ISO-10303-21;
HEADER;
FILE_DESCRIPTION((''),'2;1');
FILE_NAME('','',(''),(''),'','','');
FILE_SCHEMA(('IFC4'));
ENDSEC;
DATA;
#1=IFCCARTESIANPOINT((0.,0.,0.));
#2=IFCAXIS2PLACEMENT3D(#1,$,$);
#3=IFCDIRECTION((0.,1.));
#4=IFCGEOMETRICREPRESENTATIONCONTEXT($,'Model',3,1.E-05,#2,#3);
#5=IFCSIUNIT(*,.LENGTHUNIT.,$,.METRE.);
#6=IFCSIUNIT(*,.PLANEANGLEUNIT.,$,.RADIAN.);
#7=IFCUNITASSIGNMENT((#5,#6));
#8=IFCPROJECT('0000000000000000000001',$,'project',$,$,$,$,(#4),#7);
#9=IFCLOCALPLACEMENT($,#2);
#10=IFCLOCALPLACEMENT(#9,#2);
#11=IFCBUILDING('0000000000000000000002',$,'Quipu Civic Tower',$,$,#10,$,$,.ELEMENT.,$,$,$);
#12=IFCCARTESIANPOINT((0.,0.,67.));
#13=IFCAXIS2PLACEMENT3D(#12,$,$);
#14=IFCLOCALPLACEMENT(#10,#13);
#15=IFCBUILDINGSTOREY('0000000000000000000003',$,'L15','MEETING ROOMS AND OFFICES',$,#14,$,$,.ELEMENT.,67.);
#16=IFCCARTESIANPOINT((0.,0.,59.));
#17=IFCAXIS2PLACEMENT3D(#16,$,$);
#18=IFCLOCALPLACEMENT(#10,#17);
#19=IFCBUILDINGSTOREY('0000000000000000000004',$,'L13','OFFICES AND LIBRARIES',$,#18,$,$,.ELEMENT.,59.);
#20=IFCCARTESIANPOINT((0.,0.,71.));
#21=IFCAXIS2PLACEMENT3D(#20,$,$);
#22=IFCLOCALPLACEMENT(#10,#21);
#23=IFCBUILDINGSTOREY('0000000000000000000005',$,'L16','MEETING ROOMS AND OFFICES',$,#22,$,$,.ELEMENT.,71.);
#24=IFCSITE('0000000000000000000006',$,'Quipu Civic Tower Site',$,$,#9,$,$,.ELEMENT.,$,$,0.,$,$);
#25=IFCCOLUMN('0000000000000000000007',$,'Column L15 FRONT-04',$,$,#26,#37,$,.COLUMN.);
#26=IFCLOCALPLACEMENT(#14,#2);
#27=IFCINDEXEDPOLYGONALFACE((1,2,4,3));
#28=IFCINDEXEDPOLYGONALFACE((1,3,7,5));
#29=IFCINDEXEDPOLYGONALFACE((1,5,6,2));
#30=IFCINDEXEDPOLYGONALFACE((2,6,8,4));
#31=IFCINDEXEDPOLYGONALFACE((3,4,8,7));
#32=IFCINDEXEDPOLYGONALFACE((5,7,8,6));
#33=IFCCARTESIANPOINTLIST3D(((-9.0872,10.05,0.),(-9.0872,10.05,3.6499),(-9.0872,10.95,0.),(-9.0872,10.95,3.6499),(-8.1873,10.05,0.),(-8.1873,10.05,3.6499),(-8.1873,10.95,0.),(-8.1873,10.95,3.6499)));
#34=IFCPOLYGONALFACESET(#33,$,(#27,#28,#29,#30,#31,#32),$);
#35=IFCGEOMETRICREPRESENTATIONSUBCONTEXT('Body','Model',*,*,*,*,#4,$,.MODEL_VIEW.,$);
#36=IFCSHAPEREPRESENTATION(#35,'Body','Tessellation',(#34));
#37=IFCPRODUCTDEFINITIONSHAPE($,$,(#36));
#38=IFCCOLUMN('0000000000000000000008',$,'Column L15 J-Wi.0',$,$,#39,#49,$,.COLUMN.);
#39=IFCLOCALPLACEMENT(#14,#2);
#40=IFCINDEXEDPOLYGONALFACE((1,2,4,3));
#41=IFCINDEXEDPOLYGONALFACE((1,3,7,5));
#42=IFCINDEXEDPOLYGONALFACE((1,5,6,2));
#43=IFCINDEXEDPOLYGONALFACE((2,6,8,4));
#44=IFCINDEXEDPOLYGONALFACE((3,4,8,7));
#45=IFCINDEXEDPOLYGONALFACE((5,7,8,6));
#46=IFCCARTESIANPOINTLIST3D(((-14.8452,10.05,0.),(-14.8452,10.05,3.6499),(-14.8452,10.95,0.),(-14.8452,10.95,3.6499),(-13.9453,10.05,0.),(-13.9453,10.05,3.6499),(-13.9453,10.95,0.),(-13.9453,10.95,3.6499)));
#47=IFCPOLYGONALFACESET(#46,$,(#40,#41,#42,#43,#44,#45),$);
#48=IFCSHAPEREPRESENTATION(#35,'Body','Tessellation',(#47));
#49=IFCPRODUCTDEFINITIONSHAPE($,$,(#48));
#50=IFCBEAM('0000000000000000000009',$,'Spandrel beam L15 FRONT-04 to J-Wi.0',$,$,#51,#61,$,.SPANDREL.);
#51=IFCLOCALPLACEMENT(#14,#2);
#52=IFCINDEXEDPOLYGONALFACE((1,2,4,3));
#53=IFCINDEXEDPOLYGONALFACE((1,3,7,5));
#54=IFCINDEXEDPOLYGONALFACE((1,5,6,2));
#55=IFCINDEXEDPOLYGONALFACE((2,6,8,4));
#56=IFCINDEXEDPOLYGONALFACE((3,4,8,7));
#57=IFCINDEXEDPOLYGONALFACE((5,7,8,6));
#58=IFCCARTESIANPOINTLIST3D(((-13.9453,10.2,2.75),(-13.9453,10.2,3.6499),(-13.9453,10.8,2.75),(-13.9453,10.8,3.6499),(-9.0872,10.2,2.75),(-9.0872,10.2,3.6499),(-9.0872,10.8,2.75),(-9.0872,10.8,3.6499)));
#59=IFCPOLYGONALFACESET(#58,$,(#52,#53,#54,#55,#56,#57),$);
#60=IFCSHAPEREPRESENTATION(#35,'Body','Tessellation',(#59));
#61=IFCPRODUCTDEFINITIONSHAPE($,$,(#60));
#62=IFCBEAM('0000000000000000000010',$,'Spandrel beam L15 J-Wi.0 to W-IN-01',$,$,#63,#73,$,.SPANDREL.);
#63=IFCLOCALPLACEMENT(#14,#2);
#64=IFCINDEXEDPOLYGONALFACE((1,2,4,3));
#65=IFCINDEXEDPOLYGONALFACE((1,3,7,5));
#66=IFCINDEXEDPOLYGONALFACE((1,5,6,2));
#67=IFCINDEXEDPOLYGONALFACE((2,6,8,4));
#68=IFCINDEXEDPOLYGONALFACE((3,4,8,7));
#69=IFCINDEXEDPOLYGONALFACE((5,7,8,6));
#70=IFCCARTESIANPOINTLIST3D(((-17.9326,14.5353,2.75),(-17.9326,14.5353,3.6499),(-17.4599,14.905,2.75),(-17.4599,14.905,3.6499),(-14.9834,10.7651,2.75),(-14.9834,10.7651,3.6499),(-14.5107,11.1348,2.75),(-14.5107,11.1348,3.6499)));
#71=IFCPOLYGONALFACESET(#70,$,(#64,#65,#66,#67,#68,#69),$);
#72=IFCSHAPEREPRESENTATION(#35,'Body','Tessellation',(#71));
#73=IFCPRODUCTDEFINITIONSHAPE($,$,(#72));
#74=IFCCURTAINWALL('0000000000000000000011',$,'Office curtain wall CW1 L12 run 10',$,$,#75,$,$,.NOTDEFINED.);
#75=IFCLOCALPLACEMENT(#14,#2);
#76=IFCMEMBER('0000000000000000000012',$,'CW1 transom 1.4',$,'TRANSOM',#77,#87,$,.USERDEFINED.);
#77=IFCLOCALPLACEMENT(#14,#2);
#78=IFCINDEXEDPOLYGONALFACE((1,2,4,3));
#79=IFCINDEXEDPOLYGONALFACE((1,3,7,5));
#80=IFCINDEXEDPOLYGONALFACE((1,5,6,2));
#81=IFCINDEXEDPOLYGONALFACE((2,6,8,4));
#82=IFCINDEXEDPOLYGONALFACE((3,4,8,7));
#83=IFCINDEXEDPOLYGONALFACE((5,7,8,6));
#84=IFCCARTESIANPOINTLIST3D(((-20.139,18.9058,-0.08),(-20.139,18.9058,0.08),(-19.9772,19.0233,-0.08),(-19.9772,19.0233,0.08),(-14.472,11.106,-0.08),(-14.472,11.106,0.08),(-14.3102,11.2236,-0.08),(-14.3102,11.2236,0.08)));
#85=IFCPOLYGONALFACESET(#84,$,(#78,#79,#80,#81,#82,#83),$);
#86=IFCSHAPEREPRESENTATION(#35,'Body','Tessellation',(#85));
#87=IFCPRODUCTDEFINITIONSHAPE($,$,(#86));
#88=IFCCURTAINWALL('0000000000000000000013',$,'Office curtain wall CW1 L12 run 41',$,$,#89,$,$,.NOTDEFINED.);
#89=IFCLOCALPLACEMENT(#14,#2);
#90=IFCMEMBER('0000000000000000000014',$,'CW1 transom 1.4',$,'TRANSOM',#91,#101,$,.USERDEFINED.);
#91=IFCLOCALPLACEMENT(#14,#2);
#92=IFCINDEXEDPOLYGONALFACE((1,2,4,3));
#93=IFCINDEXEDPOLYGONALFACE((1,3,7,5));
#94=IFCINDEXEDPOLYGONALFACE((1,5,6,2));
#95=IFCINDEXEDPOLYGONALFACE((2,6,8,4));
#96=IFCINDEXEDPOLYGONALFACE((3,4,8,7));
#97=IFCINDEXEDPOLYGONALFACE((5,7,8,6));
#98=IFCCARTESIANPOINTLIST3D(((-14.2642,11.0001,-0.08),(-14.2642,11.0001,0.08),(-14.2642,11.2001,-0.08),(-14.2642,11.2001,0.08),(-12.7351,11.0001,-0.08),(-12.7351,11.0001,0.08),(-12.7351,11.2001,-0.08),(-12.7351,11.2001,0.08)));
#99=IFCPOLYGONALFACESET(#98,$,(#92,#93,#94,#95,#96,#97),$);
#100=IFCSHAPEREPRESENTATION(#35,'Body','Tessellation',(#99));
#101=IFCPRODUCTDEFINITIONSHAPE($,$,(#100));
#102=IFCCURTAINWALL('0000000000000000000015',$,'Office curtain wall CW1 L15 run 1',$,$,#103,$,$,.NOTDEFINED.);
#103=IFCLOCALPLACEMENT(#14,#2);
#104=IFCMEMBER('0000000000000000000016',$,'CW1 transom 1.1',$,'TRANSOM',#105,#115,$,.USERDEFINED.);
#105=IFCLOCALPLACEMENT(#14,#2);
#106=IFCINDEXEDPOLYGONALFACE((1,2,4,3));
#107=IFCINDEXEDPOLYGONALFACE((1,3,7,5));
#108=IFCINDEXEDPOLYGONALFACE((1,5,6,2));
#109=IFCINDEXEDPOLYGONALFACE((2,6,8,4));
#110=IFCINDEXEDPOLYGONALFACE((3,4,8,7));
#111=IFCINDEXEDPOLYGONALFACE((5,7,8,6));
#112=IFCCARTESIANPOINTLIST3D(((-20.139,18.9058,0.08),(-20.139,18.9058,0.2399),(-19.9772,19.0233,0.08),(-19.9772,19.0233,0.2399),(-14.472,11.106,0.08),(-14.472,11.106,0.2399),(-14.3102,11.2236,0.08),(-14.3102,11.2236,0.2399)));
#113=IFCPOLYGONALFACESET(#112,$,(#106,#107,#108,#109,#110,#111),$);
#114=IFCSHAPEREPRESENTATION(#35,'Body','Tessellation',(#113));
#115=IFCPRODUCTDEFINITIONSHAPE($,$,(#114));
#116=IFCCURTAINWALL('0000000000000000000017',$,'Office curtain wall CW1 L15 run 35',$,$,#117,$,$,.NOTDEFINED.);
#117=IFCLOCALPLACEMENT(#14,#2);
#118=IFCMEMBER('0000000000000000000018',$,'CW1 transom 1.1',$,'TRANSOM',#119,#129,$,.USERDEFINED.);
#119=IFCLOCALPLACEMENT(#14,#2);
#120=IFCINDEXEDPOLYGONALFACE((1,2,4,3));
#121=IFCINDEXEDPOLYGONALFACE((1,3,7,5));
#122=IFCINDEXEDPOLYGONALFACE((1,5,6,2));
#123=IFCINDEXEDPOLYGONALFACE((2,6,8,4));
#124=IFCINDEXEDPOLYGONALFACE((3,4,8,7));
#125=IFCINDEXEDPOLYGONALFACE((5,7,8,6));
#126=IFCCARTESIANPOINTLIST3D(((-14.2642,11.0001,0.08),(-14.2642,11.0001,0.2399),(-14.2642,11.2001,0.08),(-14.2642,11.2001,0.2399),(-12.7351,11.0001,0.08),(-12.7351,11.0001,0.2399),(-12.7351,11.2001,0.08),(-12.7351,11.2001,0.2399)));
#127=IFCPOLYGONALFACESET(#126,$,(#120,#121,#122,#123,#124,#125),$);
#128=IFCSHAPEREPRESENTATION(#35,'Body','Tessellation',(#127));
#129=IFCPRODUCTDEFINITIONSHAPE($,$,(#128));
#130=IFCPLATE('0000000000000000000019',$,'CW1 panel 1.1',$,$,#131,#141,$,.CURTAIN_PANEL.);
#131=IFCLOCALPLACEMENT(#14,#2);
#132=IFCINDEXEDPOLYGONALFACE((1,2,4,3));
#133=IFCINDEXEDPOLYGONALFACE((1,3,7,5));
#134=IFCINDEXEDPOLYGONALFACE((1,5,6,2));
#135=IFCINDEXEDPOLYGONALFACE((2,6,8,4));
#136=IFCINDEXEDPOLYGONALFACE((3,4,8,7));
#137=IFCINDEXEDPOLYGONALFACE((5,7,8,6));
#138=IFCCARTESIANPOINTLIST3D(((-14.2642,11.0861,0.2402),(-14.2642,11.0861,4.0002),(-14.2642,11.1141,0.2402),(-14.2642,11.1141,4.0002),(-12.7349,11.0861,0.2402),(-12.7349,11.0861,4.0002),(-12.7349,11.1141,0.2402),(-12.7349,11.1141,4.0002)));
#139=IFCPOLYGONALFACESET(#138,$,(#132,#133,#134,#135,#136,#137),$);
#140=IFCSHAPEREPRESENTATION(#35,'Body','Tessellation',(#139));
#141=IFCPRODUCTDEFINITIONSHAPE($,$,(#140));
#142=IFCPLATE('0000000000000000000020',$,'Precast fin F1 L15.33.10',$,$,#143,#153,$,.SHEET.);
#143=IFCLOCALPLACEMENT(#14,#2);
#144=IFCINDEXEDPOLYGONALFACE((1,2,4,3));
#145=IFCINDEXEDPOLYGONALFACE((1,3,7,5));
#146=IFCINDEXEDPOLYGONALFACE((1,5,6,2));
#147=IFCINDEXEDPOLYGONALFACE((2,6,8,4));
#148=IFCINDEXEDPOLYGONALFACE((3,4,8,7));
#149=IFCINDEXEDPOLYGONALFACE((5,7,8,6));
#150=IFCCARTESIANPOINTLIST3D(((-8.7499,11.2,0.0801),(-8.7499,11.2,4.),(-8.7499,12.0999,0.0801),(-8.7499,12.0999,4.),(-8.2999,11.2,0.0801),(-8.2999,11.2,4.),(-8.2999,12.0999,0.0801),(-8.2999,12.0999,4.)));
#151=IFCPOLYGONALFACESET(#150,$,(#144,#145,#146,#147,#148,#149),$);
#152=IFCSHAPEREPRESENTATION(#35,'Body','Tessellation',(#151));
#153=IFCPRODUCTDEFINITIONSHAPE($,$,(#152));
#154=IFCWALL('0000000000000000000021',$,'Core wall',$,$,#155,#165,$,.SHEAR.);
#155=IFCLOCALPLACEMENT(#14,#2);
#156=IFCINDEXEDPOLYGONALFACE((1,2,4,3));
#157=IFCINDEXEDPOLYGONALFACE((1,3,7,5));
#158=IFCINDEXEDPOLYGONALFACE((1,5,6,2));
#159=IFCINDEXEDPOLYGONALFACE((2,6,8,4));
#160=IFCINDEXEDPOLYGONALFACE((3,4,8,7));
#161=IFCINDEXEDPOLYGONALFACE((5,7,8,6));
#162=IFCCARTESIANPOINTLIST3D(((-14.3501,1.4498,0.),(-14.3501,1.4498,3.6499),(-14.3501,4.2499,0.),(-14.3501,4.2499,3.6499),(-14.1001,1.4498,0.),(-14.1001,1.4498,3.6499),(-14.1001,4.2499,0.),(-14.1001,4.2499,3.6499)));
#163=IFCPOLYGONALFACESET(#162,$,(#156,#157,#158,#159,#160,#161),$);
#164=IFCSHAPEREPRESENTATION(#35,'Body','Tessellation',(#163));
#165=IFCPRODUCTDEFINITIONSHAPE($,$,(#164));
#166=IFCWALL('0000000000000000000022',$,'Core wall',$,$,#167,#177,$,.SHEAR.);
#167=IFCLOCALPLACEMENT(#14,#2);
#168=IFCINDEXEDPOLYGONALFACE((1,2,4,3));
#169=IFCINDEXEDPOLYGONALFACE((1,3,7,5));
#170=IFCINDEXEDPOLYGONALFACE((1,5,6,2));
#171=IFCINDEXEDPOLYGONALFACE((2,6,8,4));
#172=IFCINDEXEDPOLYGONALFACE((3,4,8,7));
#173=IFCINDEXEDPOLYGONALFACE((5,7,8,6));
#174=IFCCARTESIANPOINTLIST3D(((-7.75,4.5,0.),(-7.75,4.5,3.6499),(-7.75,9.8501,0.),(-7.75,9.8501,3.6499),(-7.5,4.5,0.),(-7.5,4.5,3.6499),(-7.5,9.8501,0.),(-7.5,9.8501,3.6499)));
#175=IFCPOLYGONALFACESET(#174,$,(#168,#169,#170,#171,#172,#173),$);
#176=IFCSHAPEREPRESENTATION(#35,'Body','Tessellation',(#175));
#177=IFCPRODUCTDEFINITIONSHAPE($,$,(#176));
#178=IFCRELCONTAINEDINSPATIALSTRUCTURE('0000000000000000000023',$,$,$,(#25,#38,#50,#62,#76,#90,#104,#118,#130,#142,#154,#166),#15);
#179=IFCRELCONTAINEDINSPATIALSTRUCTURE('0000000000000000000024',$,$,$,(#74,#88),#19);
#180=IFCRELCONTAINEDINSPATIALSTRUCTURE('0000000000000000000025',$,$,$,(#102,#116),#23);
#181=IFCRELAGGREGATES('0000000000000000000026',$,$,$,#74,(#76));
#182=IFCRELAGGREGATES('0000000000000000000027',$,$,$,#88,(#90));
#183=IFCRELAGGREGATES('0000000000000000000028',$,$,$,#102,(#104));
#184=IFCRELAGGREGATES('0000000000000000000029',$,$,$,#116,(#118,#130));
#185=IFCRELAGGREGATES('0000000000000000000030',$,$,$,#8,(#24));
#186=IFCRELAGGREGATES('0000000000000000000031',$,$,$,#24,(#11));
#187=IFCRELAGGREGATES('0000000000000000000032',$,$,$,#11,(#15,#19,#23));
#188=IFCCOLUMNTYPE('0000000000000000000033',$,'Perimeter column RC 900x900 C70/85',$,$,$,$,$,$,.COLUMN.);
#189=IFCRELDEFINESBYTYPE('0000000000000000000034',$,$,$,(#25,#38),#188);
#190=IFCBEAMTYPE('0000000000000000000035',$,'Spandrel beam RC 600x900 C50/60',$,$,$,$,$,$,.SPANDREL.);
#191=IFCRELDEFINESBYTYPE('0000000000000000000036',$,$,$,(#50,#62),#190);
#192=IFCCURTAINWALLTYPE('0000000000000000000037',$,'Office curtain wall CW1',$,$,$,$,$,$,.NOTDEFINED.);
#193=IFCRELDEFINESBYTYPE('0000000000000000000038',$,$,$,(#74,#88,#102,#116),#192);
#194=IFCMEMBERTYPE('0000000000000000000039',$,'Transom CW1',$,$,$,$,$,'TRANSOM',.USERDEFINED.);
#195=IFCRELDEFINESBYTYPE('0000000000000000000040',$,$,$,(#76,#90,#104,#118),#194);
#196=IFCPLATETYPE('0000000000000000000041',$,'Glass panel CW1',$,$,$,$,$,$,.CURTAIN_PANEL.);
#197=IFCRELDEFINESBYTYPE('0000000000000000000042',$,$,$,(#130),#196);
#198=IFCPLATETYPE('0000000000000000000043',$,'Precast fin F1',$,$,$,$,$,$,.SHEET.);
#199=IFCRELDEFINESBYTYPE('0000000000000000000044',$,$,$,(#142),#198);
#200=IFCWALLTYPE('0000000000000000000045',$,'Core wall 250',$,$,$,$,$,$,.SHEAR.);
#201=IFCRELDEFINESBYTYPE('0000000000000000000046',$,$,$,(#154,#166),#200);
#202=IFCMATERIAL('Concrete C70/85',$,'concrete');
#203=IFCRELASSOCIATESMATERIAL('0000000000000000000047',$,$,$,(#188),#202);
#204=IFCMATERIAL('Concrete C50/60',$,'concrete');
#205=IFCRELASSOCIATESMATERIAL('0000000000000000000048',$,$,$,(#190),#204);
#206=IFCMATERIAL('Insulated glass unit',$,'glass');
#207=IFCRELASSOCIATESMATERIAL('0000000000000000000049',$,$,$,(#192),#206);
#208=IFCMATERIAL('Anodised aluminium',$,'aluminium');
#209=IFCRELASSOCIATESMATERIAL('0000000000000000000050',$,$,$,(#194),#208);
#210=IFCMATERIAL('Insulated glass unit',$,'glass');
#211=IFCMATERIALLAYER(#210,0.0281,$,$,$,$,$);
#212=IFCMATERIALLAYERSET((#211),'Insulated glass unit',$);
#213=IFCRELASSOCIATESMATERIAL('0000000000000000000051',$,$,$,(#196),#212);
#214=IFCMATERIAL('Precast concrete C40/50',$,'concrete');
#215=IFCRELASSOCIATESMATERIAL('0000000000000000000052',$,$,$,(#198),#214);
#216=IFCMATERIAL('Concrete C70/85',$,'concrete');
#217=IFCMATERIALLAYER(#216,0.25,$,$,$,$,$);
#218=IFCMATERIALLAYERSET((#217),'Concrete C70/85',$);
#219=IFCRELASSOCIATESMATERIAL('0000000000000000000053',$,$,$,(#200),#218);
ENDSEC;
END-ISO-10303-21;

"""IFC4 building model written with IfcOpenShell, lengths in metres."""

from ifc_helpers import new_model, si_unit, direction, frame, frame_2d, origin, origin_2d, place, context, subcontext, project, spatial, rectangle, extrude, material, layer, layer_set, material_profile, profile_set, type_object, element, aggregate, save


model = new_model("IFC4")

# Units and contexts
model_context = context("Model", 3, precision=1e-05, world=origin(), true_north=direction((0.0, 1.0)))
body_context = subcontext(model_context, "Body", "Model", "MODEL_VIEW")
ifc_project = project(units=[si_unit("LENGTHUNIT", "METRE"), si_unit("PLANEANGLEUNIT", "RADIAN")], contexts=[model_context])

# Site, building, storey
site_placement = place(None, origin())
site = spatial("IfcSite", under=ifc_project, at=site_placement, Name="Quipu Civic Tower Site", CompositionType="ELEMENT", RefElevation=0.0)
building_placement = place(site_placement, origin())
building = spatial("IfcBuilding", under=site, at=building_placement, Name="Quipu Civic Tower", CompositionType="ELEMENT")
storey_1_placement = place(building_placement, frame((0.0, 0.0, 67.0)))
storey_1 = spatial("IfcBuildingStorey", under=building, at=storey_1_placement, Name="L15", Description="MEETING ROOMS AND OFFICES", CompositionType="ELEMENT", Elevation=67.0)

# Columns
ifc_material_1 = material(Name="Concrete C70/85", Category="concrete")
ifc_material_profile_1 = material_profile(ifc_material_1, rectangle(XDim=0.8999, YDim=0.8999, at=origin_2d()), Name="RC900x900")
ifc_profile_set_1 = profile_set([ifc_material_profile_1], Name="Concrete C70/85")
column_type = type_object("IfcColumnType", Name="Perimeter column RC 900x900 C70/85", PredefinedType="COLUMN", material=ifc_profile_set_1)
for number, where, z_axis, x_axis, name in (
    (1, (-8.6372, 10.5, 0.0), (0.0, 0.0, 1.0), (-1.0, 0.0, 0.0), "Column L15 FRONT-04"),
    (2, (-14.3953, 10.5, 0.0), (0.0, 0.0, 1.0), (-1.0, 0.0, 0.0), "Column L15 J-Wi.0"),
):
    element("IfcColumn", number, at=place(storey_1_placement, frame(where, z_axis=z_axis, x_axis=x_axis)), inside=storey_1, type_object=column_type, Name=name, PredefinedType="COLUMN", context=body_context, shape_type="SweptSolid", body=[
        extrude(rectangle(XDim=0.8999, YDim=0.8999, at=origin_2d()), origin(), (0.0, 0.0, 1.0), 3.6499),
    ])

# Beams
ifc_material_2 = material(Name="Concrete C50/60", Category="concrete")
ifc_material_profile_2 = material_profile(ifc_material_2, rectangle(XDim=0.6001, YDim=0.8999, at=origin_2d()), Name="RC600x900")
ifc_profile_set_2 = profile_set([ifc_material_profile_2], Name="Concrete C50/60")
beam_type = type_object("IfcBeamType", Name="Spandrel beam RC 600x900 C50/60", PredefinedType="SPANDREL", material=ifc_profile_set_2)
beam_1_placement = place(storey_1_placement, frame((-9.0872, 10.5, 3.2), z_axis=(-1.0, 0.0, 0.0), x_axis=(0.0, -1.0, 0.0)))
element("IfcBeam", 3, at=beam_1_placement, inside=storey_1, type_object=beam_type, Name="Spandrel beam L15 FRONT-04 to J-Wi.0", PredefinedType="SPANDREL", context=body_context, shape_type="SweptSolid", body=[
    extrude(rectangle(XDim=0.6001, YDim=0.8999, at=origin_2d()), origin(), (0.0, 0.0, 1.0), 4.8582),
])
beam_2_placement = place(storey_1_placement, frame((-14.7471, 10.95, 3.2), z_axis=(-0.616124, 0.787649, 0.0), x_axis=(-0.787649, -0.616124, 0.0)))
element("IfcBeam", 4, at=beam_2_placement, inside=storey_1, type_object=beam_type, Name="Spandrel beam L15 J-Wi.0 to W-IN-01", PredefinedType="SPANDREL", context=body_context, shape_type="SweptSolid", body=[
    extrude(rectangle(XDim=0.6001, YDim=0.8999, at=origin_2d()), origin(), (0.0, 0.0, 1.0), 4.7866),
])

# Shared definitions
storey_2_placement = place(building_placement, frame((0.0, 0.0, 59.0)))
storey_2 = spatial("IfcBuildingStorey", under=building, at=storey_2_placement, Name="L13", Description="OFFICES AND LIBRARIES", CompositionType="ELEMENT", Elevation=59.0)

# Curtain walls, members
ifc_material_3 = material(Name="Insulated glass unit", Category="glass")
curtain_wall_type = type_object("IfcCurtainWallType", Name="Office curtain wall CW1", PredefinedType="NOTDEFINED", material=ifc_material_3)
curtain_wall_1_placement = place(storey_2_placement, origin())
curtain_wall_1 = element("IfcCurtainWall", 5, at=curtain_wall_1_placement, inside=storey_2, type_object=curtain_wall_type, Name="Office curtain wall CW1 L12 run 10", PredefinedType="NOTDEFINED")
ifc_material_4 = material(Name="Anodised aluminium", Category="aluminium")
ifc_material_profile_3 = material_profile(ifc_material_4, rectangle(XDim=0.2, YDim=0.1599, at=origin_2d()), Name="RECT 200x160")
ifc_profile_set_3 = profile_set([ifc_material_profile_3], Name="Anodised aluminium")
member_type = type_object("IfcMemberType", Name="Transom CW1", ElementType="TRANSOM", PredefinedType="USERDEFINED", material=ifc_profile_set_3)
member_1_placement = place(storey_1_placement, frame((-14.3911, 11.1648, 0.0), z_axis=(-0.587792, 0.809012, 0.0), x_axis=(-0.809012, -0.587792, 0.0)))
member_1 = element("IfcMember", 6, at=member_1_placement, inside=storey_1, type_object=member_type, Name="CW1 transom 1.4", ObjectType="TRANSOM", PredefinedType="USERDEFINED", context=body_context, shape_type="SweptSolid", body=[
    extrude(rectangle(XDim=0.2, YDim=0.1599, at=origin_2d()), origin(), (0.0, 0.0, 1.0), 9.6411),
])
aggregate(curtain_wall_1, [member_1])
curtain_wall_2_placement = place(storey_2_placement, origin())
curtain_wall_2 = element("IfcCurtainWall", 7, at=curtain_wall_2_placement, inside=storey_2, type_object=curtain_wall_type, Name="Office curtain wall CW1 L12 run 41", PredefinedType="NOTDEFINED")
member_2_placement = place(storey_1_placement, frame((-12.7351, 11.1001, 0.0), z_axis=(-1.0, 0.0, 0.0), x_axis=(0.0, -1.0, 0.0)))
member_2 = element("IfcMember", 8, at=member_2_placement, inside=storey_1, type_object=member_type, Name="CW1 transom 1.4", ObjectType="TRANSOM", PredefinedType="USERDEFINED", context=body_context, shape_type="SweptSolid", body=[
    extrude(rectangle(XDim=0.2, YDim=0.1599, at=origin_2d()), origin(), (0.0, 0.0, 1.0), 1.5291),
])
aggregate(curtain_wall_2, [member_2])

# Shared definitions
storey_3_placement = place(building_placement, frame((0.0, 0.0, 71.0)))
storey_3 = spatial("IfcBuildingStorey", under=building, at=storey_3_placement, Name="L16", Description="MEETING ROOMS AND OFFICES", CompositionType="ELEMENT", Elevation=71.0)

# Curtain wall, member
curtain_wall_3_placement = place(storey_3_placement, origin())
curtain_wall_3 = element("IfcCurtainWall", 9, at=curtain_wall_3_placement, inside=storey_3, type_object=curtain_wall_type, Name="Office curtain wall CW1 L15 run 1", PredefinedType="NOTDEFINED")
member_3_placement = place(storey_1_placement, frame((-14.3911, 11.1648, 0.1599), z_axis=(-0.587792, 0.809012, 0.0), x_axis=(-0.809012, -0.587792, 0.0)))
member_3 = element("IfcMember", 10, at=member_3_placement, inside=storey_1, type_object=member_type, Name="CW1 transom 1.1", ObjectType="TRANSOM", PredefinedType="USERDEFINED", context=body_context, shape_type="SweptSolid", body=[
    extrude(rectangle(XDim=0.2, YDim=0.1599, at=origin_2d()), origin(), (0.0, 0.0, 1.0), 9.6411),
])
aggregate(curtain_wall_3, [member_3])

# Curtain wall, member, plate
curtain_wall_4_placement = place(storey_3_placement, origin())
curtain_wall_4 = element("IfcCurtainWall", 11, at=curtain_wall_4_placement, inside=storey_3, type_object=curtain_wall_type, Name="Office curtain wall CW1 L15 run 35", PredefinedType="NOTDEFINED")
member_4_placement = place(storey_1_placement, frame((-12.7351, 11.1001, 0.1599), z_axis=(-1.0, 0.0, 0.0), x_axis=(0.0, -1.0, 0.0)))
member_4 = element("IfcMember", 12, at=member_4_placement, inside=storey_1, type_object=member_type, Name="CW1 transom 1.1", ObjectType="TRANSOM", PredefinedType="USERDEFINED", context=body_context, shape_type="SweptSolid", body=[
    extrude(rectangle(XDim=0.2, YDim=0.1599, at=origin_2d()), origin(), (0.0, 0.0, 1.0), 1.5291),
])
ifc_material_5 = material(Name="Insulated glass unit", Category="glass")
ifc_layer_1 = layer(ifc_material_5, 0.0281)
ifc_layer_set_1 = layer_set([ifc_layer_1], Name="Insulated glass unit")
plate_type_1 = type_object("IfcPlateType", Name="Glass panel CW1", PredefinedType="CURTAIN_PANEL", material=ifc_layer_set_1)
plate_1_placement = place(storey_1_placement, frame((-13.4995, 11.1001, 0.2402), z_axis=(0.0, 0.0, 1.0), x_axis=(-1.0, 0.0, 0.0)))
plate_1 = element("IfcPlate", 13, at=plate_1_placement, inside=storey_1, type_object=plate_type_1, Name="CW1 panel 1.1", PredefinedType="CURTAIN_PANEL", context=body_context, shape_type="SweptSolid", body=[
    extrude(rectangle(XDim=1.5293, YDim=0.0281, at=origin_2d()), origin(), (0.0, 0.0, 1.0), 3.76),
])
aggregate(curtain_wall_4, [member_4, plate_1])

# Plate
ifc_material_6 = material(Name="Precast concrete C40/50", Category="concrete")
plate_type_2 = type_object("IfcPlateType", Name="Precast fin F1", PredefinedType="SHEET", material=ifc_material_6)
plate_2_placement = place(storey_1_placement, frame((-8.5249, 11.6499, 0.0801), z_axis=(0.0, 0.0, 1.0), x_axis=(-1.0, 0.0, 0.0)))
element("IfcPlate", 14, at=plate_2_placement, inside=storey_1, type_object=plate_type_2, Name="Precast fin F1 L15.33.10", PredefinedType="SHEET", context=body_context, shape_type="SweptSolid", body=[
    extrude(rectangle(XDim=0.45, YDim=0.8999, at=origin_2d()), origin(), (0.0, 0.0, 1.0), 3.9199),
])

# Walls
ifc_material_7 = material(Name="Concrete C70/85", Category="concrete")
ifc_layer_2 = layer(ifc_material_7, 0.25)
ifc_layer_set_2 = layer_set([ifc_layer_2], Name="Concrete C70/85")
wall_type_1 = type_object("IfcWallType", Name="Core wall 250", PredefinedType="SHEAR", material=ifc_layer_set_2)
wall_1_placement = place(storey_1_placement, frame((-14.2251, 1.45, 0.0), z_axis=(0.0, 0.0, 1.0), x_axis=(0.0, 1.0, 0.0)))
element("IfcWall", 15, at=wall_1_placement, inside=storey_1, type_object=wall_type_1, Name="Core wall", PredefinedType="SHEAR", context=body_context, shape_type="SweptSolid", body=[
    extrude(rectangle(XDim=2.8, YDim=0.25, at=frame_2d((1.3999, 0.0))), origin(), (0.0, 0.0, 1.0), 3.6499),
])
wall_2_placement = place(storey_1_placement, frame((-7.625, 4.5, 0.0), z_axis=(0.0, 0.0, 1.0), x_axis=(0.0, 1.0, 0.0)))
element("IfcWall", 16, at=wall_2_placement, inside=storey_1, type_object=wall_type_1, Name="Core wall", PredefinedType="SHEAR", context=body_context, shape_type="SweptSolid", body=[
    extrude(rectangle(XDim=5.3501, YDim=0.25, at=frame_2d((2.675, 0.0))), origin(), (0.0, 0.0, 1.0), 3.6499),
])

save(model, "model.ifc")
